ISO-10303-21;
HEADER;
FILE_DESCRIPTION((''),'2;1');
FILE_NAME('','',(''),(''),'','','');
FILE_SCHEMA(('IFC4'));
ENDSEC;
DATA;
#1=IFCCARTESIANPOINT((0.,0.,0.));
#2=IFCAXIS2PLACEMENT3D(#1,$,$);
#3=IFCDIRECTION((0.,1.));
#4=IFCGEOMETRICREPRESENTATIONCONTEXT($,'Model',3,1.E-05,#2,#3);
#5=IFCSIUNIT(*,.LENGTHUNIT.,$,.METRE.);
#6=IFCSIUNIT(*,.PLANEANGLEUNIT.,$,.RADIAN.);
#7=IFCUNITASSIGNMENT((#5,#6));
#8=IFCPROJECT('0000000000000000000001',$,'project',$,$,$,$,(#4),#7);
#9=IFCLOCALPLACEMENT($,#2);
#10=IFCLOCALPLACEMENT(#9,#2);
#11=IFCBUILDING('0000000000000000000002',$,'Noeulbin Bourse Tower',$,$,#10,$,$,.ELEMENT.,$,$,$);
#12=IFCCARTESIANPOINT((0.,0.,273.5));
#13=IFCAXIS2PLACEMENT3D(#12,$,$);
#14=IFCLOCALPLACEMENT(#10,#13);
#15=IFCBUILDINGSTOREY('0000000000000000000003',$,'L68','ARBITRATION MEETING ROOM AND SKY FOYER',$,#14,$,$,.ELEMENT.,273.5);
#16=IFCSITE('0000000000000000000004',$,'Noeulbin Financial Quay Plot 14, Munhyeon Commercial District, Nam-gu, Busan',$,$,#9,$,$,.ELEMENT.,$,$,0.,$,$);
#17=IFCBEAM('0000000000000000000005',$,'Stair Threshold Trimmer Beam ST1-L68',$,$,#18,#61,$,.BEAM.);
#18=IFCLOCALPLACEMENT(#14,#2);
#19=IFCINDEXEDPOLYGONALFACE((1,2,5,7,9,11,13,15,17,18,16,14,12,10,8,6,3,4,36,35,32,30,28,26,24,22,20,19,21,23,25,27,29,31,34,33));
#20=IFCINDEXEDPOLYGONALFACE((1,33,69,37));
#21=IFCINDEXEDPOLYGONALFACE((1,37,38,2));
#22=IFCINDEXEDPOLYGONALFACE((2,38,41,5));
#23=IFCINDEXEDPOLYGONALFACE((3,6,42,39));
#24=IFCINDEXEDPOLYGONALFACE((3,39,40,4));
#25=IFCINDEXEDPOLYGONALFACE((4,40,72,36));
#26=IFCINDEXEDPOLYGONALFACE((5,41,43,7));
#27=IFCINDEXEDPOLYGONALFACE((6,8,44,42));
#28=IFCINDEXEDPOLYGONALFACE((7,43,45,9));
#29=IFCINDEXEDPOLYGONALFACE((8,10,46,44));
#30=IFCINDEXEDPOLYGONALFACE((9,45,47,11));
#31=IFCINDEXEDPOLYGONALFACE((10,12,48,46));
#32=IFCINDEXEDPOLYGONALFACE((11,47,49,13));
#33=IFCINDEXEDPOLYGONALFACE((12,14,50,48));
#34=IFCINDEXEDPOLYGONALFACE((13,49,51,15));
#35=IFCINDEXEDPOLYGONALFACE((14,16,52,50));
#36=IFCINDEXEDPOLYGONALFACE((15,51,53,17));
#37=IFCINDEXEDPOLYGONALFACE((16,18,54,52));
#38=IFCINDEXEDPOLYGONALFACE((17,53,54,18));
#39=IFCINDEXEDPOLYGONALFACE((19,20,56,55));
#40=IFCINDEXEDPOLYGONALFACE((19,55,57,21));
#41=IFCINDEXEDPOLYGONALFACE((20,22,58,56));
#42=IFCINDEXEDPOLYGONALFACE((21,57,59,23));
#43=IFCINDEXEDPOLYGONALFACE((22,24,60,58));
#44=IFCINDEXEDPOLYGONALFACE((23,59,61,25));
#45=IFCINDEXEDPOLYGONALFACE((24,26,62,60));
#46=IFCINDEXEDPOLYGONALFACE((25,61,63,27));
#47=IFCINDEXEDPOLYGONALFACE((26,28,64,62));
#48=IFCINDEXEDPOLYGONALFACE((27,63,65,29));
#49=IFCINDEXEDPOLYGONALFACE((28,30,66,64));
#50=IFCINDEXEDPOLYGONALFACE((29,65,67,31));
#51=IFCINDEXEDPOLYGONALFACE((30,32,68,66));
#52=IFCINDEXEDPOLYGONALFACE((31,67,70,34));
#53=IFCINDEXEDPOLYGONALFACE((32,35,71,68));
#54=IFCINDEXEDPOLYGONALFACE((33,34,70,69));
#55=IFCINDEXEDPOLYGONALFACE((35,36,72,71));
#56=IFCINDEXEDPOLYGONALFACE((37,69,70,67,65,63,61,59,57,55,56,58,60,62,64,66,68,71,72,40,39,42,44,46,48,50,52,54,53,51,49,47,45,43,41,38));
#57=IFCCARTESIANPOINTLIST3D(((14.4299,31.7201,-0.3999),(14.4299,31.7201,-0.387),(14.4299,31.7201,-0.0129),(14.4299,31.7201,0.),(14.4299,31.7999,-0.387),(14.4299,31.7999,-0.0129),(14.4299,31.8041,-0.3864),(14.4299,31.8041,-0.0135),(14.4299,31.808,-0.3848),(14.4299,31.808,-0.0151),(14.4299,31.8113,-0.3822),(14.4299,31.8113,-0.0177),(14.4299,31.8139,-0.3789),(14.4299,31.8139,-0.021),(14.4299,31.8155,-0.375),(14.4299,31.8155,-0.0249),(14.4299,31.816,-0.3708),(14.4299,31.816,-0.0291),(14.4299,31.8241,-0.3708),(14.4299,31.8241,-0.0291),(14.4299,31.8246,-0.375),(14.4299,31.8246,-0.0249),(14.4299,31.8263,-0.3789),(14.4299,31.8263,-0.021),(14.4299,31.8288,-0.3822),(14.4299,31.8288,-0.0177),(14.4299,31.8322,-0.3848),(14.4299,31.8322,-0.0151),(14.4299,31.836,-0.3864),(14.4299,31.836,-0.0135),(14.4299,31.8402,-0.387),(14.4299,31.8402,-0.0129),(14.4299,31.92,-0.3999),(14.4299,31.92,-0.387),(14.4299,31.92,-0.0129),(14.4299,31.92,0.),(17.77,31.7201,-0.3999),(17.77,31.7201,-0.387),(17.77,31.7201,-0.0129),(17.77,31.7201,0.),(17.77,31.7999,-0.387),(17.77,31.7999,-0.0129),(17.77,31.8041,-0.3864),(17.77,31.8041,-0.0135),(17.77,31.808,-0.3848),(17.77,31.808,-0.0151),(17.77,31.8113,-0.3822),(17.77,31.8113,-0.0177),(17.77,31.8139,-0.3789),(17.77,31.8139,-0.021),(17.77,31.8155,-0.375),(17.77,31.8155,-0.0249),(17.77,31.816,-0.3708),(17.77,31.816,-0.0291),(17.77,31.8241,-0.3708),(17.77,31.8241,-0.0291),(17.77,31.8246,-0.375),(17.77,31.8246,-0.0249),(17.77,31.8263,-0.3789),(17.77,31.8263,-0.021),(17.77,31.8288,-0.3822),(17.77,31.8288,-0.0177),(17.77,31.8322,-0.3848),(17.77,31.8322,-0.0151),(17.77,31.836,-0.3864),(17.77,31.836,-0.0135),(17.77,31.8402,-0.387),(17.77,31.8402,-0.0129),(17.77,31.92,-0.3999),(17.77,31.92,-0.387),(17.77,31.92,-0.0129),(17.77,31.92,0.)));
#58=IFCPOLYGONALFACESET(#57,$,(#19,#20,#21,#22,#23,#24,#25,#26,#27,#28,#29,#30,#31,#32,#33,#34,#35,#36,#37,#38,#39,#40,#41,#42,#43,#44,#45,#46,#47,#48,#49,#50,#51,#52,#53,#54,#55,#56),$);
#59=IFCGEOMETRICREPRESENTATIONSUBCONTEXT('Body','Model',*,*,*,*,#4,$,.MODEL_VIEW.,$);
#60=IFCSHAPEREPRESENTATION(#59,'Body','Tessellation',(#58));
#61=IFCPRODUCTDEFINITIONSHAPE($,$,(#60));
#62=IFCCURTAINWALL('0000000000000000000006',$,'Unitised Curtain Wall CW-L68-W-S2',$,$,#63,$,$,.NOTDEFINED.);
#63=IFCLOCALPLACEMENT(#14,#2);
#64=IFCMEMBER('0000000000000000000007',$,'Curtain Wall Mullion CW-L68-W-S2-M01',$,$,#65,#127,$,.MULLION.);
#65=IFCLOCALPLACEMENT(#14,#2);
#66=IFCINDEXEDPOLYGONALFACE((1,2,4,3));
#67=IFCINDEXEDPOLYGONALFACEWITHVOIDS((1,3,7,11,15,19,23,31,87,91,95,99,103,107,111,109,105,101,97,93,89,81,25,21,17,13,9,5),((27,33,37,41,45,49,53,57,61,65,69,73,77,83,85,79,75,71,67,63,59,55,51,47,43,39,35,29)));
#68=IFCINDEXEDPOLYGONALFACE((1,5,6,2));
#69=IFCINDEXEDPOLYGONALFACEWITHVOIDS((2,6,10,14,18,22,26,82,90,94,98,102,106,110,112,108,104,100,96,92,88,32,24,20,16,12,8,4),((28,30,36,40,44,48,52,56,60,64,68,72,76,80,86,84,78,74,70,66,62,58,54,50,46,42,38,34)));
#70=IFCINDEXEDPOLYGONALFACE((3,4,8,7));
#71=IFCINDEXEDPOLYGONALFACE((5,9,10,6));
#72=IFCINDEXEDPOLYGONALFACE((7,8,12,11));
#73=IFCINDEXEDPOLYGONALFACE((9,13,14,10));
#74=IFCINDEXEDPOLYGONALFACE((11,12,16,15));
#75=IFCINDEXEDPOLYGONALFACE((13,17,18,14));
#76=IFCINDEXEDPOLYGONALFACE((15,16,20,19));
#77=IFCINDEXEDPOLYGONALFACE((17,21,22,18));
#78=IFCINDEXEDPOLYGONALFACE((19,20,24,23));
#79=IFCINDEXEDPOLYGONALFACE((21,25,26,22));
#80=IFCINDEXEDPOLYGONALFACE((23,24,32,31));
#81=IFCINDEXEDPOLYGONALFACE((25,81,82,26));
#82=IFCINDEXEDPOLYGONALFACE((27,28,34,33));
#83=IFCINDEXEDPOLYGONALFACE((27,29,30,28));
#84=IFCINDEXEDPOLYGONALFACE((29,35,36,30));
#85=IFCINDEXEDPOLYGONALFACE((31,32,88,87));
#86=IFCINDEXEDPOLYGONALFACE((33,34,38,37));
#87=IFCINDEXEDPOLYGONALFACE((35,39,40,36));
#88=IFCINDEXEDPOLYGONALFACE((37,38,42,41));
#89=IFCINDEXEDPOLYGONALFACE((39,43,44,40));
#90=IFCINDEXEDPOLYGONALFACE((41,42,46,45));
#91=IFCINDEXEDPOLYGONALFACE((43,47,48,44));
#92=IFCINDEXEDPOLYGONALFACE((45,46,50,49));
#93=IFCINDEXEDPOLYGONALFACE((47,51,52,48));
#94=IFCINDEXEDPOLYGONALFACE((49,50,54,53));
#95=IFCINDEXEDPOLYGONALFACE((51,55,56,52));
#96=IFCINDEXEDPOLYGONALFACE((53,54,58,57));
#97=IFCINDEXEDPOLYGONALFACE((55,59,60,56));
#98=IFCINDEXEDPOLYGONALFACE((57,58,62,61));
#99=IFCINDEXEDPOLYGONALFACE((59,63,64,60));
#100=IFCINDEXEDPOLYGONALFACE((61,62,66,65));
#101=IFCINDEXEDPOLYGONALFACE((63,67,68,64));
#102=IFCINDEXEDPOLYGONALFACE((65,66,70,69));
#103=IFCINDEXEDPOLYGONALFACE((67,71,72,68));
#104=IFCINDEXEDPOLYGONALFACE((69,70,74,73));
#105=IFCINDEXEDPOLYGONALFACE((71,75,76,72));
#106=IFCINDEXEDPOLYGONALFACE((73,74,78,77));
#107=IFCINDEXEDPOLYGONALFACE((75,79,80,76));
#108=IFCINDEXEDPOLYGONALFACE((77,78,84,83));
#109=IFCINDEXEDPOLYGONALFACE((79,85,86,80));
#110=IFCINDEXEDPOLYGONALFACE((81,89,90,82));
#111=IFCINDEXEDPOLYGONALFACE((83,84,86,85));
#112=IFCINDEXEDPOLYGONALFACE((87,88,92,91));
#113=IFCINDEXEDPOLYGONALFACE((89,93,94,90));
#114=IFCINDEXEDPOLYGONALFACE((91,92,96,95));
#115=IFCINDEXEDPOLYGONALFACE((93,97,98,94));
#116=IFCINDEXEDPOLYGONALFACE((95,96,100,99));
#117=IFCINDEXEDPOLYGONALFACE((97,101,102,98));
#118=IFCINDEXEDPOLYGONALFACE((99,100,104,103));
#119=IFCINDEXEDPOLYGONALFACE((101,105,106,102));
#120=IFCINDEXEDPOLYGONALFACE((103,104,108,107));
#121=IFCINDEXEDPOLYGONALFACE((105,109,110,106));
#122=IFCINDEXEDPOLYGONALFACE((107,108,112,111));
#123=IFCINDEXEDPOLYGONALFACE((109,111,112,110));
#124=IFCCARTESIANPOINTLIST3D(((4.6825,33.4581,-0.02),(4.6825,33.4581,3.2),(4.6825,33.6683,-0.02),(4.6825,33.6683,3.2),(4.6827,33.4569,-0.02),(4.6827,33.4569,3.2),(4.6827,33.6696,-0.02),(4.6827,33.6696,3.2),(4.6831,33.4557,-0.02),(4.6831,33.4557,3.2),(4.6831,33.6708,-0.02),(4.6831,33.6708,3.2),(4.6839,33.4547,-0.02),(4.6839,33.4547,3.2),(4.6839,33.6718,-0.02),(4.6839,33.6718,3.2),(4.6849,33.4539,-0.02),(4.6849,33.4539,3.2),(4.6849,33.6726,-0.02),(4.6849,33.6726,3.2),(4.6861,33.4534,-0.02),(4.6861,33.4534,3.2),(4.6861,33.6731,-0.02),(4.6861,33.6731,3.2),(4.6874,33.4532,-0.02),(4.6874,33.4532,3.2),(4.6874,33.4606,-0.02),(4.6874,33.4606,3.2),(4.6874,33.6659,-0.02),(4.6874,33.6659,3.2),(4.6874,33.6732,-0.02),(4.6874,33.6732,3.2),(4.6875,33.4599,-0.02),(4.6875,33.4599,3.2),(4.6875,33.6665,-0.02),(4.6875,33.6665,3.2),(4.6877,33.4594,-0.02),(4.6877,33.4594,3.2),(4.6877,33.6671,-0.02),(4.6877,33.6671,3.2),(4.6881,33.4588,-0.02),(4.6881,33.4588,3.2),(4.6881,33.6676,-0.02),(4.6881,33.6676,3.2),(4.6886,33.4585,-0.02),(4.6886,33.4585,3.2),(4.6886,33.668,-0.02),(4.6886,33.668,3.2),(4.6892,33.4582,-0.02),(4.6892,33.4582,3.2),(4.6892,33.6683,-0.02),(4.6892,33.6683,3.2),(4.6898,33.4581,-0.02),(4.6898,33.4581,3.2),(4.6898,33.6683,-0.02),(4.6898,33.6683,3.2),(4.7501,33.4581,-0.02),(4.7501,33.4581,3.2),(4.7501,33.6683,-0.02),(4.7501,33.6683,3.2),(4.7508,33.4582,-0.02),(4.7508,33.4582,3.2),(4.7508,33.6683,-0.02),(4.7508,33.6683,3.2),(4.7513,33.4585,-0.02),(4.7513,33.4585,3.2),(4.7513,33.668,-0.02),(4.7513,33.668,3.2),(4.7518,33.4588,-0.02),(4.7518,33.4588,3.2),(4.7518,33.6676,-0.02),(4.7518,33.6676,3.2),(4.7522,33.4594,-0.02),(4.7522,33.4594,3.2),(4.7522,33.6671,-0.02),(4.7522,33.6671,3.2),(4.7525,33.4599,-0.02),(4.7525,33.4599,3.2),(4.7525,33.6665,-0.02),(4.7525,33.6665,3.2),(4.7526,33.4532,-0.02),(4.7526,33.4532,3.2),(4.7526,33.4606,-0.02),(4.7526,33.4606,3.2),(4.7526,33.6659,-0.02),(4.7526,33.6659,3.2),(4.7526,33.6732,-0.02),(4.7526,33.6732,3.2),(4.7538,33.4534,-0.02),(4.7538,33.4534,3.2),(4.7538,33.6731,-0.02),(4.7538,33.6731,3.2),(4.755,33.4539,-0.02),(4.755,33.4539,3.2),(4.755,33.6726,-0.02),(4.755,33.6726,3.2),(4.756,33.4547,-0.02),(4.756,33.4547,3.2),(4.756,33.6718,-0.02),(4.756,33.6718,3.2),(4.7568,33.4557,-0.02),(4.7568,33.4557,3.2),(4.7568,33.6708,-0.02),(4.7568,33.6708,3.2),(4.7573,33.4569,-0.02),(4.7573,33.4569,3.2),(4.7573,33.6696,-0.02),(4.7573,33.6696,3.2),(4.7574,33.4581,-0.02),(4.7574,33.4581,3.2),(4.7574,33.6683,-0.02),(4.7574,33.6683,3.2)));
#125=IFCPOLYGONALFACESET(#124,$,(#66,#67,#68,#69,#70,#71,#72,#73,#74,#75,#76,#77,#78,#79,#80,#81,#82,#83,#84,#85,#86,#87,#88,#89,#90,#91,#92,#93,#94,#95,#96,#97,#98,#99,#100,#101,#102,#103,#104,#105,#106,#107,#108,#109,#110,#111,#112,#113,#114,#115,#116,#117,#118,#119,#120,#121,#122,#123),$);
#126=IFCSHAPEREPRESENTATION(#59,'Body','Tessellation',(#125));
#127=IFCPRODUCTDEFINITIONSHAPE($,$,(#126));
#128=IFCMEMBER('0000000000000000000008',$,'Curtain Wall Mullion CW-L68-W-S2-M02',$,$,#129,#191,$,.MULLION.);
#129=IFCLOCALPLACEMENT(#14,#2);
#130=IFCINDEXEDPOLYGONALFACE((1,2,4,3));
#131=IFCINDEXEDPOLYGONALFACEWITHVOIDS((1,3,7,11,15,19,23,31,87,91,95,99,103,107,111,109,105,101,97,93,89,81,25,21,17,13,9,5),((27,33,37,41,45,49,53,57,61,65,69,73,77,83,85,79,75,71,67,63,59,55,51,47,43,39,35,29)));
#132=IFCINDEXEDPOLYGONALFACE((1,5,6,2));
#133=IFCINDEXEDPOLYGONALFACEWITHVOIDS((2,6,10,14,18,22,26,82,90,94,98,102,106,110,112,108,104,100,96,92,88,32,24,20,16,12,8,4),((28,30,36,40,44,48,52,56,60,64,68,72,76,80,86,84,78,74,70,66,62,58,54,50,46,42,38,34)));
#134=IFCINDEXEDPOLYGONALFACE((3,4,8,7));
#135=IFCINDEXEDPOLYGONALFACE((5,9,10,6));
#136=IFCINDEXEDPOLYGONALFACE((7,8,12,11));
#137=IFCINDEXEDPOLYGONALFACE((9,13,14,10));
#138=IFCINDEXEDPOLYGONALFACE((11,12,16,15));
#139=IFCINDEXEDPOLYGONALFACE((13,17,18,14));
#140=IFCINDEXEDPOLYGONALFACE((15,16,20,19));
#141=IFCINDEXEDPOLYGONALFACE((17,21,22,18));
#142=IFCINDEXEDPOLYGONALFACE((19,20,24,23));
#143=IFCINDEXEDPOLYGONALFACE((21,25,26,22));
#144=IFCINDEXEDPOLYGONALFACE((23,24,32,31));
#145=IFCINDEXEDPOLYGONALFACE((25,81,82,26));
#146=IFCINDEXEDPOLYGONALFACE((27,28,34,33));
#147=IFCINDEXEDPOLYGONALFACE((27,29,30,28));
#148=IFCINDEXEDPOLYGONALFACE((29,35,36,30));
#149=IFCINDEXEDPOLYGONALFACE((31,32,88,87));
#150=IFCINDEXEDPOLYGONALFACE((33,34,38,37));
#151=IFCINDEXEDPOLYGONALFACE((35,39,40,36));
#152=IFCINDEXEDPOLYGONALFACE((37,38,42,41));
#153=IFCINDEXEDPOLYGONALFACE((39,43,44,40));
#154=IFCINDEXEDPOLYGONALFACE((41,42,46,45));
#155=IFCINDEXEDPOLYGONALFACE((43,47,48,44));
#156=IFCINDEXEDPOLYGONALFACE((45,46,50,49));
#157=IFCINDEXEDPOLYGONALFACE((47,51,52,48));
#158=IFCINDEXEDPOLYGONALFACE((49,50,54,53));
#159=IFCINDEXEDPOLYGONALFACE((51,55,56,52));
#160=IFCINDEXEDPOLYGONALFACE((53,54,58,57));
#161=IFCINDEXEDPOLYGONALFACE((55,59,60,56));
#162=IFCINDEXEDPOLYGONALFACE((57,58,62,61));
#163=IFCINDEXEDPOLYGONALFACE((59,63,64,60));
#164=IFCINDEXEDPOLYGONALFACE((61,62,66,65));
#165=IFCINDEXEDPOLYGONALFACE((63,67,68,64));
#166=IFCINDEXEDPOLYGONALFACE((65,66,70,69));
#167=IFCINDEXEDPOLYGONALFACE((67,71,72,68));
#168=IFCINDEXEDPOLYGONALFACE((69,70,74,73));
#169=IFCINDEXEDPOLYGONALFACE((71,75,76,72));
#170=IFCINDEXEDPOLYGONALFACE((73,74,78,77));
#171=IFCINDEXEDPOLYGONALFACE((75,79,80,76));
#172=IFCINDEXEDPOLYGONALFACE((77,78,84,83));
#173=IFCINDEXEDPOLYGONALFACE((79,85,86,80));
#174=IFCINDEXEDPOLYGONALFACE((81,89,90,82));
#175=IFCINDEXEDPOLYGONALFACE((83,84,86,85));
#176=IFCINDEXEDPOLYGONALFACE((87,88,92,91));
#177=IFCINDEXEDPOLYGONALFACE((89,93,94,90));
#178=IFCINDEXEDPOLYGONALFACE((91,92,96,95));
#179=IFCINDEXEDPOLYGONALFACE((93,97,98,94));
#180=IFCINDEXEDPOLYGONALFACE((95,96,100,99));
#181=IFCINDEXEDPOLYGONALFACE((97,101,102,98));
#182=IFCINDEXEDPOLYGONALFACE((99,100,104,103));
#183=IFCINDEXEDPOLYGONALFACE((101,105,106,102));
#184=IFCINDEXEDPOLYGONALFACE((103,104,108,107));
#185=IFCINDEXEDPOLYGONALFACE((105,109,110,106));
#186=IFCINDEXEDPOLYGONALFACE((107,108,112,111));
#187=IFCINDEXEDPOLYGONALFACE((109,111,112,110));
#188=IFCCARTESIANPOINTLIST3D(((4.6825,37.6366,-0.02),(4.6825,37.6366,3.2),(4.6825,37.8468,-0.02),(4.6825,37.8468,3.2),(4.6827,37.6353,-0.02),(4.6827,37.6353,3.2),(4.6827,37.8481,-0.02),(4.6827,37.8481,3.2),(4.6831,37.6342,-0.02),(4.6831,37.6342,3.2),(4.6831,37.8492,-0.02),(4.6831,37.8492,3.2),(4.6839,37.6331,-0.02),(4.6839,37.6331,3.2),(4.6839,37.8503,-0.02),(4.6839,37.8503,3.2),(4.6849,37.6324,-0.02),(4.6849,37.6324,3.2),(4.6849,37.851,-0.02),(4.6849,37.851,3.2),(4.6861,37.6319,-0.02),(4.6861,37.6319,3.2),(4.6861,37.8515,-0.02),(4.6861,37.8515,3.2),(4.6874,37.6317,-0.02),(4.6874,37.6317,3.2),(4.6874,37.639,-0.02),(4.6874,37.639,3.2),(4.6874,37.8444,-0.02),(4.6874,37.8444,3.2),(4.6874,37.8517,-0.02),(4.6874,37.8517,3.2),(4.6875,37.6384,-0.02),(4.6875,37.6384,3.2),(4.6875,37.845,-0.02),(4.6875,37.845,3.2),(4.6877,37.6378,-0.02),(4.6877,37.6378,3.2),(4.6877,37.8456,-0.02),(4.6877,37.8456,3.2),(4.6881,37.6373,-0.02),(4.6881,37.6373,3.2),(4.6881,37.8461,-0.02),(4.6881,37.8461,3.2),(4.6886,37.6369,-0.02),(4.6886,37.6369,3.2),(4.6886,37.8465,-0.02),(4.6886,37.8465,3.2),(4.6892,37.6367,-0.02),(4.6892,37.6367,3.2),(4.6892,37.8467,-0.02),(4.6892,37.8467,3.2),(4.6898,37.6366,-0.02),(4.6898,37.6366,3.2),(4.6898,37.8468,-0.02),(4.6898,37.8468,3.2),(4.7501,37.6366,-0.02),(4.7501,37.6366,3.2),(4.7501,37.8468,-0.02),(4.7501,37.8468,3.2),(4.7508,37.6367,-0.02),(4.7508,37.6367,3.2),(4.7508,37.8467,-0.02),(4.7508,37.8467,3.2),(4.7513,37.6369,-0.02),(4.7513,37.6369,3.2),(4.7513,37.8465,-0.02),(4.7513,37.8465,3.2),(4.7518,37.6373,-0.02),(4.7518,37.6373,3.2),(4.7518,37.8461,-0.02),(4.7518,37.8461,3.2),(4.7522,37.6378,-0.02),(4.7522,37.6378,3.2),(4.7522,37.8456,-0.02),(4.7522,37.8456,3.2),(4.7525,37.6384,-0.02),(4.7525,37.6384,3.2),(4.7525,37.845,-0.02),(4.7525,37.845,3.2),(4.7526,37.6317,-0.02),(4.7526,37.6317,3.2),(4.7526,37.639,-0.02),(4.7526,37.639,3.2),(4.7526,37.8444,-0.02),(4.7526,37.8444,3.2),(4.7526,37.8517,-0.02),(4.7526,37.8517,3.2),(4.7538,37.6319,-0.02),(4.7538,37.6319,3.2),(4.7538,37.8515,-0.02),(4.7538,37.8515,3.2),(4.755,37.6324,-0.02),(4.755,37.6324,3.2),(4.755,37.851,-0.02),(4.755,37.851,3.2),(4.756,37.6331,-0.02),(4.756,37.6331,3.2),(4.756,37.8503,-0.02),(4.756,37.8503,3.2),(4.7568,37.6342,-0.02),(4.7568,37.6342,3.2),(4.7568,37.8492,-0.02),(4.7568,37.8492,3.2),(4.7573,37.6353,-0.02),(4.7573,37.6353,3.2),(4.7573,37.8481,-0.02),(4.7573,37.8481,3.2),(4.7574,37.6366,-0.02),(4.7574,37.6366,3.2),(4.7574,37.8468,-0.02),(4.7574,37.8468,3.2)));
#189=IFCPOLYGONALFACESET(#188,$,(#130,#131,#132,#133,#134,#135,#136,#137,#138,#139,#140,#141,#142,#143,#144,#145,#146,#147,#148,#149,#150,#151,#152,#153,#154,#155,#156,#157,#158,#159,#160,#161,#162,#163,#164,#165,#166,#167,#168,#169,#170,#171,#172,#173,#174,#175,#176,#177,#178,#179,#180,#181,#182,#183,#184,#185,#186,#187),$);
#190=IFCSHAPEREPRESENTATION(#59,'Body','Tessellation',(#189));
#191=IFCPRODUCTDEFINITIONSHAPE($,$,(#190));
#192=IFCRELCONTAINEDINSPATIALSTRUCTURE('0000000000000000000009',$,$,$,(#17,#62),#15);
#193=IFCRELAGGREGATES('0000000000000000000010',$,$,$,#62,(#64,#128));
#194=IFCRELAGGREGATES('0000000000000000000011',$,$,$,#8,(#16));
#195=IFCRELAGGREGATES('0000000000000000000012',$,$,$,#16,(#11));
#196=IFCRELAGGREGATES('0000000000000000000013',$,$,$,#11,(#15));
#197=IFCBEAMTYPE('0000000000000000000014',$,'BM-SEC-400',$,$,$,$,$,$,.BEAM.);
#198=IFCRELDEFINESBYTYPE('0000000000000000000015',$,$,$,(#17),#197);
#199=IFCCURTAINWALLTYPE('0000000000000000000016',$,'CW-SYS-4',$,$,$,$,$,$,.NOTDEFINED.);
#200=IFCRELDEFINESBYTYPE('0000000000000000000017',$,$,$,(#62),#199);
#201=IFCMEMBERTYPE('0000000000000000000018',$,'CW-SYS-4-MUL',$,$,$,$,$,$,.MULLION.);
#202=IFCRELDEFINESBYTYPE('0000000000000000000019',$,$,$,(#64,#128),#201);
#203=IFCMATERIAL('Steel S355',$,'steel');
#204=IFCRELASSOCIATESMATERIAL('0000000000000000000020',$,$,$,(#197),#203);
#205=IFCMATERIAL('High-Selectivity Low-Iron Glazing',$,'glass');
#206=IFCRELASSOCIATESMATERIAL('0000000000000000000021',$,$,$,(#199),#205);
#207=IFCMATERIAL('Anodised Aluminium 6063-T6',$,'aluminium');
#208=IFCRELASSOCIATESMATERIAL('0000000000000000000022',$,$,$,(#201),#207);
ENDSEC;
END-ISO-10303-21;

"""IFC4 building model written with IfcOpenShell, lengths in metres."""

from ifc_helpers import new_model, si_unit, direction, frame, origin, origin_2d, place, context, subcontext, project, spatial, hollow_rectangle, i_section, extrude, material, material_profile, profile_set, type_object, element, aggregate, save


model = new_model("IFC4")

# Units and contexts
model_context = context("Model", 3, precision=1e-05, world=origin(), true_north=direction((0.0, 1.0)))
body_context = subcontext(model_context, "Body", "Model", "MODEL_VIEW")
ifc_project = project(units=[si_unit("LENGTHUNIT", "METRE"), si_unit("PLANEANGLEUNIT", "RADIAN")], contexts=[model_context])

# Site, building, storey
site_placement = place(None, origin())
site = spatial("IfcSite", under=ifc_project, at=site_placement, Name="Noeulbin Financial Quay Plot 14, Munhyeon Commercial District, Nam-gu, Busan", CompositionType="ELEMENT", RefElevation=0.0)
building_placement = place(site_placement, origin())
building = spatial("IfcBuilding", under=site, at=building_placement, Name="Noeulbin Bourse Tower", CompositionType="ELEMENT")
storey_placement = place(building_placement, frame((0.0, 0.0, 273.5)))
storey = spatial("IfcBuildingStorey", under=building, at=storey_placement, Name="L68", Description="ARBITRATION MEETING ROOM AND SKY FOYER", CompositionType="ELEMENT", Elevation=273.5)

# Shared definitions
ifc_material_1 = material(Name="Steel S355", Category="steel")

# Beam
ifc_material_profile_1 = material_profile(ifc_material_1, i_section(OverallWidth=0.2, OverallDepth=0.3999, WebThickness=0.0081, FlangeThickness=0.0129, FilletRadius=0.0161, at=origin_2d()), Name="H-400x200x8x13", Category="LoadBearing")
ifc_profile_set_1 = profile_set([ifc_material_profile_1], Name="Steel S355")
beam_type_1 = type_object("IfcBeamType", Name="BM-SEC-400", PredefinedType="BEAM", material=ifc_profile_set_1)
beam_1_placement = place(storey_placement, frame((14.4299, 31.8201, -0.2), z_axis=(1.0, 0.0, 0.0), x_axis=(0.0, 1.0, 0.0)))
element("IfcBeam", 1, at=beam_1_placement, inside=storey, type_object=beam_type_1, Name="Stair Threshold Trimmer Beam ST1-L68", PredefinedType="BEAM", context=body_context, shape_type="SweptSolid", body=[
    extrude(i_section(OverallWidth=0.2, OverallDepth=0.3999, WebThickness=0.0081, FlangeThickness=0.0129, FilletRadius=0.0161, at=origin_2d()), origin(), (0.0, 0.0, 1.0), 3.3401),
])

# Curtain wall, members
ifc_material_2 = material(Name="High-Selectivity Low-Iron Glazing", Category="glass")
curtain_wall_type = type_object("IfcCurtainWallType", Name="CW-SYS-4", PredefinedType="NOTDEFINED", material=ifc_material_2)
curtain_wall_placement = place(storey_placement, origin())
curtain_wall = element("IfcCurtainWall", 2, at=curtain_wall_placement, inside=storey, type_object=curtain_wall_type, Name="Unitised Curtain Wall CW-L68-W-S2", PredefinedType="NOTDEFINED")
ifc_material_3 = material(Name="Anodised Aluminium 6063-T6", Category="aluminium")
ifc_material_profile_2 = material_profile(ifc_material_3, hollow_rectangle(XDim=0.075, YDim=0.22, WallThickness=0.0049, InnerFilletRadius=0.0024, OuterFilletRadius=0.0049, at=origin_2d()), Name="ALU-MULL-75x220x5", Category="LoadBearing")
ifc_profile_set_2 = profile_set([ifc_material_profile_2], Name="Anodised Aluminium 6063-T6")
member_type_1 = type_object("IfcMemberType", Name="CW-SYS-4-MUL", PredefinedType="MULLION", material=ifc_profile_set_2)
member_1_placement = place(storey_placement, frame((4.72, 33.5632, -0.02), z_axis=(0.0, 0.0, 1.0), x_axis=(1.0, 0.0, 0.0)))
member_1 = element("IfcMember", 3, at=member_1_placement, type_object=member_type_1, Name="Curtain Wall Mullion CW-L68-W-S2-M01", PredefinedType="MULLION", context=body_context, shape_type="SweptSolid", body=[
    extrude(hollow_rectangle(XDim=0.075, YDim=0.22, WallThickness=0.0049, InnerFilletRadius=0.0024, OuterFilletRadius=0.0049, at=origin_2d()), origin(), (0.0, 0.0, 1.0), 3.22),
])
member_2_placement = place(storey_placement, frame((4.72, 37.7417, -0.02), z_axis=(0.0, 0.0, 1.0), x_axis=(1.0, 0.0, 0.0)))
member_2 = element("IfcMember", 4, at=member_2_placement, type_object=member_type_1, Name="Curtain Wall Mullion CW-L68-W-S2-M02", PredefinedType="MULLION", context=body_context, shape_type="SweptSolid", body=[
    extrude(hollow_rectangle(XDim=0.075, YDim=0.22, WallThickness=0.0049, InnerFilletRadius=0.0024, OuterFilletRadius=0.0049, at=origin_2d()), origin(), (0.0, 0.0, 1.0), 3.22),
])
aggregate(curtain_wall, [member_1, member_2])

save(model, "model.ifc")
